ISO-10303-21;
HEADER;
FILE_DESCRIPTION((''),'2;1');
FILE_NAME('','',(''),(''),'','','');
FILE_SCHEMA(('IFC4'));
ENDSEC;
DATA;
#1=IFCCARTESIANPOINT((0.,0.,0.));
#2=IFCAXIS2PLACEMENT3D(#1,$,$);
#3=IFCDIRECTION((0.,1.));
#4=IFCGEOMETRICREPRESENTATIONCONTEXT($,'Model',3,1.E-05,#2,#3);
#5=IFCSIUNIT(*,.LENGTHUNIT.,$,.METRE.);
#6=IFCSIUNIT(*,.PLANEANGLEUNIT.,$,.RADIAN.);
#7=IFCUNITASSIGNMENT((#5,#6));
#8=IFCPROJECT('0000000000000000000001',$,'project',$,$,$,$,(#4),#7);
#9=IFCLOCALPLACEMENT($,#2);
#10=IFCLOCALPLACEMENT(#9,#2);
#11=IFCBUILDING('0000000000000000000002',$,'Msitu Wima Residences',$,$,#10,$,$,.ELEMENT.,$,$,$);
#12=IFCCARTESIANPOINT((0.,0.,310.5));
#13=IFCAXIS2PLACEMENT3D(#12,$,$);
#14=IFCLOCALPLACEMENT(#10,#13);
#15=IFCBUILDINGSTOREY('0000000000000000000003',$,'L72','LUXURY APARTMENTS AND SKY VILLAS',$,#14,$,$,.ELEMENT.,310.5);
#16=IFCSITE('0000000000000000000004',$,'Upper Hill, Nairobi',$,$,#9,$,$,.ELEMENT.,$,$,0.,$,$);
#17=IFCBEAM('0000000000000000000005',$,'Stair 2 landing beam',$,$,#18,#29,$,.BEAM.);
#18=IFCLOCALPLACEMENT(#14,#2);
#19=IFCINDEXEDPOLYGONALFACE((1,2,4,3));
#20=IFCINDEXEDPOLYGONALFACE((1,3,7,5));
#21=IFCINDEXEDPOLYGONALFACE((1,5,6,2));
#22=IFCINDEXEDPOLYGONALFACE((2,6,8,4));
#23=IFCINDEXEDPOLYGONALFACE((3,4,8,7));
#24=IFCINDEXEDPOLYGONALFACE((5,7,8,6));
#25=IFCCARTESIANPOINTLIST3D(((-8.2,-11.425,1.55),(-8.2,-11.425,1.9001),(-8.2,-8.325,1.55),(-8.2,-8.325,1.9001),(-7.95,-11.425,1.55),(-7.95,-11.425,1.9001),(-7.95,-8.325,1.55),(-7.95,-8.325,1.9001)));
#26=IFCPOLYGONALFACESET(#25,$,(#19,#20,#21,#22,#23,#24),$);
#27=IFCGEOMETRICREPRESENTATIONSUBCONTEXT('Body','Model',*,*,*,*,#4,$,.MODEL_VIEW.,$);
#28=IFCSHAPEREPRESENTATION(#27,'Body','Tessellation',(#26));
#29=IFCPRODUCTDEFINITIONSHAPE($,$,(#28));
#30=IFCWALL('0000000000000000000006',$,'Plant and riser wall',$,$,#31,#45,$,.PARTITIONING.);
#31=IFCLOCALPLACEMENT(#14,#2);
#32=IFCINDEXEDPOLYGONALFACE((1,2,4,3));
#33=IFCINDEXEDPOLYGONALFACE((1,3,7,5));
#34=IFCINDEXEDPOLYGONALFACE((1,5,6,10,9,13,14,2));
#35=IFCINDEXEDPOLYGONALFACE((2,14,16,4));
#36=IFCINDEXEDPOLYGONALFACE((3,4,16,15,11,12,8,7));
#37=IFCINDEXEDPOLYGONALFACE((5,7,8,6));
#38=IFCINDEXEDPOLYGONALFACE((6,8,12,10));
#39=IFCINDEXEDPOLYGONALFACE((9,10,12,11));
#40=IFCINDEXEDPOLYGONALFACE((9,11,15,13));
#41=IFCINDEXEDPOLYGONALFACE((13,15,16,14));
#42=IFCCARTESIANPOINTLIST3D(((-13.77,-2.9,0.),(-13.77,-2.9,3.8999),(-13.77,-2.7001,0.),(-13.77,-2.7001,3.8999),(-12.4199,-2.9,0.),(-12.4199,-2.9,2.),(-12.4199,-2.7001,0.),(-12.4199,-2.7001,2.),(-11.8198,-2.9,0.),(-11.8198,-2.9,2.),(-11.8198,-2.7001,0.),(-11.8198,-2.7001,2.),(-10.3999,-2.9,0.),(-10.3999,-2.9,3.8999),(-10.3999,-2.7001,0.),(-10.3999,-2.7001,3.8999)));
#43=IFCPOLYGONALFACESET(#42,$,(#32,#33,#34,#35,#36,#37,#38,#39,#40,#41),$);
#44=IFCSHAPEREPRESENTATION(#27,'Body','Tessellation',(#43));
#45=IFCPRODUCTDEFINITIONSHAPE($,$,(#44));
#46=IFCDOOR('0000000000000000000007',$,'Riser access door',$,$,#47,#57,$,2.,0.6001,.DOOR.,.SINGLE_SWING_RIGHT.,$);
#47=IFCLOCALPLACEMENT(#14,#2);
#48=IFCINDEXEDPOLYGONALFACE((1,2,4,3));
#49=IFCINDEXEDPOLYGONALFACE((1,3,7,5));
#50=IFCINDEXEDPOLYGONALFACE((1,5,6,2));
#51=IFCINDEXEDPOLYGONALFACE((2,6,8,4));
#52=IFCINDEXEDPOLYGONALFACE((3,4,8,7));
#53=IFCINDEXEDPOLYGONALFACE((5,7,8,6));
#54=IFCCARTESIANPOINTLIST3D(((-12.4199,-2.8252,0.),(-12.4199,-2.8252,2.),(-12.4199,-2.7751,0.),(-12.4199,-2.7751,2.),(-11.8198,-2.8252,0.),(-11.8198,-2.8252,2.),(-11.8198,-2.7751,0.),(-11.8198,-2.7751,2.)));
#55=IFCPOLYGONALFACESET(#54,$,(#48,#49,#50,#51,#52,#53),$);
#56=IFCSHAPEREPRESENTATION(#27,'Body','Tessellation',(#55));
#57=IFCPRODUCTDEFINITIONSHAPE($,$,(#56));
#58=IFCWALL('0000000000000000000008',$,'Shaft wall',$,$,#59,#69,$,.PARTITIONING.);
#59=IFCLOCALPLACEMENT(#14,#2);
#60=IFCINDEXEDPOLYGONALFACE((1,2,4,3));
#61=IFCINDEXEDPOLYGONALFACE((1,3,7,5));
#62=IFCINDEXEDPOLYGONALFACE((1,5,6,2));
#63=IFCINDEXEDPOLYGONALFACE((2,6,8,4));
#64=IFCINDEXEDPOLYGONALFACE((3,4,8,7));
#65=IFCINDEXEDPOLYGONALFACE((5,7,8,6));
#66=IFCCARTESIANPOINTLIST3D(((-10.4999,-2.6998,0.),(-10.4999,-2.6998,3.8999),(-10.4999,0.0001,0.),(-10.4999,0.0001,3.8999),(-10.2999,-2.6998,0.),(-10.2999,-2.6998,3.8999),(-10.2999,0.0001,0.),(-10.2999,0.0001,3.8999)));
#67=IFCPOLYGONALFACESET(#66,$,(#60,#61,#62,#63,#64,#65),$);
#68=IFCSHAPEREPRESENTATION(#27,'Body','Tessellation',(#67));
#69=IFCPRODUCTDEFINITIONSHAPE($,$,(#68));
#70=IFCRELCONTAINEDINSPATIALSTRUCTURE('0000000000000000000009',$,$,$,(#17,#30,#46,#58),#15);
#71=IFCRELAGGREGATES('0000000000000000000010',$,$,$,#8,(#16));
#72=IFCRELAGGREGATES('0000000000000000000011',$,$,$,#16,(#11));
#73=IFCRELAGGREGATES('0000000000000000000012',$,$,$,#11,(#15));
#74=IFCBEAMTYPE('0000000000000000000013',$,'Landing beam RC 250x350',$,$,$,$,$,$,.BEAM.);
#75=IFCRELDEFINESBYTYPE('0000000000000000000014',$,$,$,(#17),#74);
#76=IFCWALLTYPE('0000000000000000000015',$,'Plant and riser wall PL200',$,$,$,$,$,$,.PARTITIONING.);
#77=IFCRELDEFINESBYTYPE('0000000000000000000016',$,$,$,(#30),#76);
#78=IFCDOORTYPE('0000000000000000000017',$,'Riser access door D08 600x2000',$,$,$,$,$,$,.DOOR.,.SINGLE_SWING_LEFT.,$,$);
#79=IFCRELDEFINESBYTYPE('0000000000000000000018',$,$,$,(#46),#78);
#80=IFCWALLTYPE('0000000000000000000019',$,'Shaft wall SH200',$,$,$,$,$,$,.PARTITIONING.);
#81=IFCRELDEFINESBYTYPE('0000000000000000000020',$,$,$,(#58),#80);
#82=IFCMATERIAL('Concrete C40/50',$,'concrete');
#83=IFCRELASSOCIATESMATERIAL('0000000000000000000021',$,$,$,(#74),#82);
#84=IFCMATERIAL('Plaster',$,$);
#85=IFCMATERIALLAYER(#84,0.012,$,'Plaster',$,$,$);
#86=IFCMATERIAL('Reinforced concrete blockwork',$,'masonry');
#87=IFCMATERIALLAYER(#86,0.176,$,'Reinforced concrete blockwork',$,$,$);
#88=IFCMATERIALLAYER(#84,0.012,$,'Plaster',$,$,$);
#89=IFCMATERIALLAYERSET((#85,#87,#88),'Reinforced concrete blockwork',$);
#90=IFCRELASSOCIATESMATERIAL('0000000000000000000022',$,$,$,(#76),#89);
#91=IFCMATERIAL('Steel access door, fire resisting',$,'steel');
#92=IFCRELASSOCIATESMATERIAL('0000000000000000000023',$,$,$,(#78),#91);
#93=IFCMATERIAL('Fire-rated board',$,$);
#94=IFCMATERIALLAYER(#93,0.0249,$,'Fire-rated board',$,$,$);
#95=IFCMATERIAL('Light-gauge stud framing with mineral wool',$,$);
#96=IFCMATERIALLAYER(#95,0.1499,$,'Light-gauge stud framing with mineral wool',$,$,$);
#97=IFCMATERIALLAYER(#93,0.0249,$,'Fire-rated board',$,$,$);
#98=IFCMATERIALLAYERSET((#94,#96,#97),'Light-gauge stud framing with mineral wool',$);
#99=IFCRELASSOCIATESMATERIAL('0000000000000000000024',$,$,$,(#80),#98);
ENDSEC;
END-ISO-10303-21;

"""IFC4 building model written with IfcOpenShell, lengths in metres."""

from ifc_helpers import new_model, si_unit, direction, frame, frame_2d, origin, origin_2d, place, context, subcontext, project, spatial, rectangle, extrude, material, layer, layer_set, material_profile, profile_set, type_object, element, fill, save


model = new_model("IFC4")

# Units and contexts
model_context = context("Model", 3, precision=1e-05, world=origin(), true_north=direction((0.0, 1.0)))
body_context = subcontext(model_context, "Body", "Model", "MODEL_VIEW")
ifc_project = project(units=[si_unit("LENGTHUNIT", "METRE"), si_unit("PLANEANGLEUNIT", "RADIAN")], contexts=[model_context])

# Site, building, storey
site_placement = place(None, origin())
site = spatial("IfcSite", under=ifc_project, at=site_placement, Name="Upper Hill, Nairobi", CompositionType="ELEMENT", RefElevation=0.0)
building_placement = place(site_placement, origin())
building = spatial("IfcBuilding", under=site, at=building_placement, Name="Msitu Wima Residences", CompositionType="ELEMENT")
storey_placement = place(building_placement, frame((0.0, 0.0, 310.5)))
storey = spatial("IfcBuildingStorey", under=building, at=storey_placement, Name="L72", Description="LUXURY APARTMENTS AND SKY VILLAS", CompositionType="ELEMENT", Elevation=310.5)

# Beam
ifc_material_1 = material(Name="Concrete C40/50", Category="concrete")
ifc_material_profile = material_profile(ifc_material_1, rectangle(XDim=0.25, YDim=0.3501, at=origin_2d()), Name="RC 250x350")
ifc_profile_set = profile_set([ifc_material_profile], Name="Concrete C40/50")
beam_type = type_object("IfcBeamType", Name="Landing beam RC 250x350", PredefinedType="BEAM", material=ifc_profile_set)
beam_placement = place(storey_placement, frame((-8.075, -11.425, 1.7251), z_axis=(0.0, 1.0, 0.0), x_axis=(-1.0, 0.0, 0.0)))
element("IfcBeam", 1, at=beam_placement, inside=storey, type_object=beam_type, Name="Stair 2 landing beam", PredefinedType="BEAM", context=body_context, shape_type="SweptSolid", body=[
    extrude(rectangle(XDim=0.25, YDim=0.3501, at=origin_2d()), origin(), (0.0, 0.0, 1.0), 3.1001),
])

# Wall, opening, door
ifc_material_2 = material(Name="Plaster")
ifc_layer_1 = layer(ifc_material_2, 0.012, Name="Plaster")
ifc_material_3 = material(Name="Reinforced concrete blockwork", Category="masonry")
ifc_layer_2 = layer(ifc_material_3, 0.176, Name="Reinforced concrete blockwork")
ifc_layer_3 = layer(ifc_material_2, 0.012, Name="Plaster")
ifc_layer_set_1 = layer_set([ifc_layer_1, ifc_layer_2, ifc_layer_3], Name="Reinforced concrete blockwork")
wall_type_1 = type_object("IfcWallType", Name="Plant and riser wall PL200", PredefinedType="PARTITIONING", material=ifc_layer_set_1)
wall_1_placement = place(storey_placement, frame((-13.77, -2.8, 0.0), z_axis=(0.0, 0.0, 1.0), x_axis=(1.0, 0.0, 0.0)))
wall_1 = element("IfcWall", 2, at=wall_1_placement, inside=storey, type_object=wall_type_1, Name="Plant and riser wall", PredefinedType="PARTITIONING", context=body_context, shape_type="SweptSolid", body=[
    extrude(rectangle(XDim=3.3701, YDim=0.2, at=frame_2d((1.6851, 0.0))), origin(), (0.0, 0.0, 1.0), 3.8999),
])
opening_1_placement = place(wall_1_placement, frame((1.3501, 0.0, 0.0)))
opening_1 = element("IfcOpeningElement", 3, at=opening_1_placement, cuts=wall_1, PredefinedType="OPENING", context=body_context, shape_type="SweptSolid", body=[
    extrude(rectangle(XDim=0.6001, YDim=2.0, at=frame_2d((0.3, 1.0))), frame((0.0, 0.1099, 0.0), z_axis=(0.0, -1.0, 0.0), x_axis=(1.0, 0.0, 0.0)), (0.0, 0.0, 1.0), 0.22),
])
ifc_material_4 = material(Name="Steel access door, fire resisting", Category="steel")
door_type_1 = type_object("IfcDoorType", Name="Riser access door D08 600x2000", OperationType="SINGLE_SWING_LEFT", PredefinedType="DOOR", material=ifc_material_4)
door_1_placement = place(opening_1_placement, origin())
door_1 = element("IfcDoor", 4, at=door_1_placement, inside=storey, type_object=door_type_1, Name="Riser access door", OperationType="SINGLE_SWING_RIGHT", OverallHeight=2.0, OverallWidth=0.6001, PredefinedType="DOOR", context=body_context, shape_type="SweptSolid", body=[
    extrude(rectangle(XDim=0.6001, YDim=2.0, at=frame_2d((0.3, 1.0))), frame((0.0, 0.0249, 0.0), z_axis=(0.0, -1.0, 0.0), x_axis=(1.0, 0.0, 0.0)), (0.0, 0.0, 1.0), 0.05),
])
fill(opening_1, door_1)

# Wall
ifc_material_5 = material(Name="Fire-rated board")
ifc_layer_4 = layer(ifc_material_5, 0.0249, Name="Fire-rated board")
ifc_material_6 = material(Name="Light-gauge stud framing with mineral wool")
ifc_layer_5 = layer(ifc_material_6, 0.1499, Name="Light-gauge stud framing with mineral wool")
ifc_layer_6 = layer(ifc_material_5, 0.0249, Name="Fire-rated board")
ifc_layer_set_2 = layer_set([ifc_layer_4, ifc_layer_5, ifc_layer_6], Name="Light-gauge stud framing with mineral wool")
wall_type_2 = type_object("IfcWallType", Name="Shaft wall SH200", PredefinedType="PARTITIONING", material=ifc_layer_set_2)
wall_2_placement = place(storey_placement, frame((-10.3999, -2.7, 0.0), z_axis=(0.0, 0.0, 1.0), x_axis=(0.0, 1.0, 0.0)))
element("IfcWall", 5, at=wall_2_placement, inside=storey, type_object=wall_type_2, Name="Shaft wall", PredefinedType="PARTITIONING", context=body_context, shape_type="SweptSolid", body=[
    extrude(rectangle(XDim=2.7, YDim=0.2, at=frame_2d((1.3501, 0.0))), origin(), (0.0, 0.0, 1.0), 3.8999),
])

save(model, "model.ifc")
